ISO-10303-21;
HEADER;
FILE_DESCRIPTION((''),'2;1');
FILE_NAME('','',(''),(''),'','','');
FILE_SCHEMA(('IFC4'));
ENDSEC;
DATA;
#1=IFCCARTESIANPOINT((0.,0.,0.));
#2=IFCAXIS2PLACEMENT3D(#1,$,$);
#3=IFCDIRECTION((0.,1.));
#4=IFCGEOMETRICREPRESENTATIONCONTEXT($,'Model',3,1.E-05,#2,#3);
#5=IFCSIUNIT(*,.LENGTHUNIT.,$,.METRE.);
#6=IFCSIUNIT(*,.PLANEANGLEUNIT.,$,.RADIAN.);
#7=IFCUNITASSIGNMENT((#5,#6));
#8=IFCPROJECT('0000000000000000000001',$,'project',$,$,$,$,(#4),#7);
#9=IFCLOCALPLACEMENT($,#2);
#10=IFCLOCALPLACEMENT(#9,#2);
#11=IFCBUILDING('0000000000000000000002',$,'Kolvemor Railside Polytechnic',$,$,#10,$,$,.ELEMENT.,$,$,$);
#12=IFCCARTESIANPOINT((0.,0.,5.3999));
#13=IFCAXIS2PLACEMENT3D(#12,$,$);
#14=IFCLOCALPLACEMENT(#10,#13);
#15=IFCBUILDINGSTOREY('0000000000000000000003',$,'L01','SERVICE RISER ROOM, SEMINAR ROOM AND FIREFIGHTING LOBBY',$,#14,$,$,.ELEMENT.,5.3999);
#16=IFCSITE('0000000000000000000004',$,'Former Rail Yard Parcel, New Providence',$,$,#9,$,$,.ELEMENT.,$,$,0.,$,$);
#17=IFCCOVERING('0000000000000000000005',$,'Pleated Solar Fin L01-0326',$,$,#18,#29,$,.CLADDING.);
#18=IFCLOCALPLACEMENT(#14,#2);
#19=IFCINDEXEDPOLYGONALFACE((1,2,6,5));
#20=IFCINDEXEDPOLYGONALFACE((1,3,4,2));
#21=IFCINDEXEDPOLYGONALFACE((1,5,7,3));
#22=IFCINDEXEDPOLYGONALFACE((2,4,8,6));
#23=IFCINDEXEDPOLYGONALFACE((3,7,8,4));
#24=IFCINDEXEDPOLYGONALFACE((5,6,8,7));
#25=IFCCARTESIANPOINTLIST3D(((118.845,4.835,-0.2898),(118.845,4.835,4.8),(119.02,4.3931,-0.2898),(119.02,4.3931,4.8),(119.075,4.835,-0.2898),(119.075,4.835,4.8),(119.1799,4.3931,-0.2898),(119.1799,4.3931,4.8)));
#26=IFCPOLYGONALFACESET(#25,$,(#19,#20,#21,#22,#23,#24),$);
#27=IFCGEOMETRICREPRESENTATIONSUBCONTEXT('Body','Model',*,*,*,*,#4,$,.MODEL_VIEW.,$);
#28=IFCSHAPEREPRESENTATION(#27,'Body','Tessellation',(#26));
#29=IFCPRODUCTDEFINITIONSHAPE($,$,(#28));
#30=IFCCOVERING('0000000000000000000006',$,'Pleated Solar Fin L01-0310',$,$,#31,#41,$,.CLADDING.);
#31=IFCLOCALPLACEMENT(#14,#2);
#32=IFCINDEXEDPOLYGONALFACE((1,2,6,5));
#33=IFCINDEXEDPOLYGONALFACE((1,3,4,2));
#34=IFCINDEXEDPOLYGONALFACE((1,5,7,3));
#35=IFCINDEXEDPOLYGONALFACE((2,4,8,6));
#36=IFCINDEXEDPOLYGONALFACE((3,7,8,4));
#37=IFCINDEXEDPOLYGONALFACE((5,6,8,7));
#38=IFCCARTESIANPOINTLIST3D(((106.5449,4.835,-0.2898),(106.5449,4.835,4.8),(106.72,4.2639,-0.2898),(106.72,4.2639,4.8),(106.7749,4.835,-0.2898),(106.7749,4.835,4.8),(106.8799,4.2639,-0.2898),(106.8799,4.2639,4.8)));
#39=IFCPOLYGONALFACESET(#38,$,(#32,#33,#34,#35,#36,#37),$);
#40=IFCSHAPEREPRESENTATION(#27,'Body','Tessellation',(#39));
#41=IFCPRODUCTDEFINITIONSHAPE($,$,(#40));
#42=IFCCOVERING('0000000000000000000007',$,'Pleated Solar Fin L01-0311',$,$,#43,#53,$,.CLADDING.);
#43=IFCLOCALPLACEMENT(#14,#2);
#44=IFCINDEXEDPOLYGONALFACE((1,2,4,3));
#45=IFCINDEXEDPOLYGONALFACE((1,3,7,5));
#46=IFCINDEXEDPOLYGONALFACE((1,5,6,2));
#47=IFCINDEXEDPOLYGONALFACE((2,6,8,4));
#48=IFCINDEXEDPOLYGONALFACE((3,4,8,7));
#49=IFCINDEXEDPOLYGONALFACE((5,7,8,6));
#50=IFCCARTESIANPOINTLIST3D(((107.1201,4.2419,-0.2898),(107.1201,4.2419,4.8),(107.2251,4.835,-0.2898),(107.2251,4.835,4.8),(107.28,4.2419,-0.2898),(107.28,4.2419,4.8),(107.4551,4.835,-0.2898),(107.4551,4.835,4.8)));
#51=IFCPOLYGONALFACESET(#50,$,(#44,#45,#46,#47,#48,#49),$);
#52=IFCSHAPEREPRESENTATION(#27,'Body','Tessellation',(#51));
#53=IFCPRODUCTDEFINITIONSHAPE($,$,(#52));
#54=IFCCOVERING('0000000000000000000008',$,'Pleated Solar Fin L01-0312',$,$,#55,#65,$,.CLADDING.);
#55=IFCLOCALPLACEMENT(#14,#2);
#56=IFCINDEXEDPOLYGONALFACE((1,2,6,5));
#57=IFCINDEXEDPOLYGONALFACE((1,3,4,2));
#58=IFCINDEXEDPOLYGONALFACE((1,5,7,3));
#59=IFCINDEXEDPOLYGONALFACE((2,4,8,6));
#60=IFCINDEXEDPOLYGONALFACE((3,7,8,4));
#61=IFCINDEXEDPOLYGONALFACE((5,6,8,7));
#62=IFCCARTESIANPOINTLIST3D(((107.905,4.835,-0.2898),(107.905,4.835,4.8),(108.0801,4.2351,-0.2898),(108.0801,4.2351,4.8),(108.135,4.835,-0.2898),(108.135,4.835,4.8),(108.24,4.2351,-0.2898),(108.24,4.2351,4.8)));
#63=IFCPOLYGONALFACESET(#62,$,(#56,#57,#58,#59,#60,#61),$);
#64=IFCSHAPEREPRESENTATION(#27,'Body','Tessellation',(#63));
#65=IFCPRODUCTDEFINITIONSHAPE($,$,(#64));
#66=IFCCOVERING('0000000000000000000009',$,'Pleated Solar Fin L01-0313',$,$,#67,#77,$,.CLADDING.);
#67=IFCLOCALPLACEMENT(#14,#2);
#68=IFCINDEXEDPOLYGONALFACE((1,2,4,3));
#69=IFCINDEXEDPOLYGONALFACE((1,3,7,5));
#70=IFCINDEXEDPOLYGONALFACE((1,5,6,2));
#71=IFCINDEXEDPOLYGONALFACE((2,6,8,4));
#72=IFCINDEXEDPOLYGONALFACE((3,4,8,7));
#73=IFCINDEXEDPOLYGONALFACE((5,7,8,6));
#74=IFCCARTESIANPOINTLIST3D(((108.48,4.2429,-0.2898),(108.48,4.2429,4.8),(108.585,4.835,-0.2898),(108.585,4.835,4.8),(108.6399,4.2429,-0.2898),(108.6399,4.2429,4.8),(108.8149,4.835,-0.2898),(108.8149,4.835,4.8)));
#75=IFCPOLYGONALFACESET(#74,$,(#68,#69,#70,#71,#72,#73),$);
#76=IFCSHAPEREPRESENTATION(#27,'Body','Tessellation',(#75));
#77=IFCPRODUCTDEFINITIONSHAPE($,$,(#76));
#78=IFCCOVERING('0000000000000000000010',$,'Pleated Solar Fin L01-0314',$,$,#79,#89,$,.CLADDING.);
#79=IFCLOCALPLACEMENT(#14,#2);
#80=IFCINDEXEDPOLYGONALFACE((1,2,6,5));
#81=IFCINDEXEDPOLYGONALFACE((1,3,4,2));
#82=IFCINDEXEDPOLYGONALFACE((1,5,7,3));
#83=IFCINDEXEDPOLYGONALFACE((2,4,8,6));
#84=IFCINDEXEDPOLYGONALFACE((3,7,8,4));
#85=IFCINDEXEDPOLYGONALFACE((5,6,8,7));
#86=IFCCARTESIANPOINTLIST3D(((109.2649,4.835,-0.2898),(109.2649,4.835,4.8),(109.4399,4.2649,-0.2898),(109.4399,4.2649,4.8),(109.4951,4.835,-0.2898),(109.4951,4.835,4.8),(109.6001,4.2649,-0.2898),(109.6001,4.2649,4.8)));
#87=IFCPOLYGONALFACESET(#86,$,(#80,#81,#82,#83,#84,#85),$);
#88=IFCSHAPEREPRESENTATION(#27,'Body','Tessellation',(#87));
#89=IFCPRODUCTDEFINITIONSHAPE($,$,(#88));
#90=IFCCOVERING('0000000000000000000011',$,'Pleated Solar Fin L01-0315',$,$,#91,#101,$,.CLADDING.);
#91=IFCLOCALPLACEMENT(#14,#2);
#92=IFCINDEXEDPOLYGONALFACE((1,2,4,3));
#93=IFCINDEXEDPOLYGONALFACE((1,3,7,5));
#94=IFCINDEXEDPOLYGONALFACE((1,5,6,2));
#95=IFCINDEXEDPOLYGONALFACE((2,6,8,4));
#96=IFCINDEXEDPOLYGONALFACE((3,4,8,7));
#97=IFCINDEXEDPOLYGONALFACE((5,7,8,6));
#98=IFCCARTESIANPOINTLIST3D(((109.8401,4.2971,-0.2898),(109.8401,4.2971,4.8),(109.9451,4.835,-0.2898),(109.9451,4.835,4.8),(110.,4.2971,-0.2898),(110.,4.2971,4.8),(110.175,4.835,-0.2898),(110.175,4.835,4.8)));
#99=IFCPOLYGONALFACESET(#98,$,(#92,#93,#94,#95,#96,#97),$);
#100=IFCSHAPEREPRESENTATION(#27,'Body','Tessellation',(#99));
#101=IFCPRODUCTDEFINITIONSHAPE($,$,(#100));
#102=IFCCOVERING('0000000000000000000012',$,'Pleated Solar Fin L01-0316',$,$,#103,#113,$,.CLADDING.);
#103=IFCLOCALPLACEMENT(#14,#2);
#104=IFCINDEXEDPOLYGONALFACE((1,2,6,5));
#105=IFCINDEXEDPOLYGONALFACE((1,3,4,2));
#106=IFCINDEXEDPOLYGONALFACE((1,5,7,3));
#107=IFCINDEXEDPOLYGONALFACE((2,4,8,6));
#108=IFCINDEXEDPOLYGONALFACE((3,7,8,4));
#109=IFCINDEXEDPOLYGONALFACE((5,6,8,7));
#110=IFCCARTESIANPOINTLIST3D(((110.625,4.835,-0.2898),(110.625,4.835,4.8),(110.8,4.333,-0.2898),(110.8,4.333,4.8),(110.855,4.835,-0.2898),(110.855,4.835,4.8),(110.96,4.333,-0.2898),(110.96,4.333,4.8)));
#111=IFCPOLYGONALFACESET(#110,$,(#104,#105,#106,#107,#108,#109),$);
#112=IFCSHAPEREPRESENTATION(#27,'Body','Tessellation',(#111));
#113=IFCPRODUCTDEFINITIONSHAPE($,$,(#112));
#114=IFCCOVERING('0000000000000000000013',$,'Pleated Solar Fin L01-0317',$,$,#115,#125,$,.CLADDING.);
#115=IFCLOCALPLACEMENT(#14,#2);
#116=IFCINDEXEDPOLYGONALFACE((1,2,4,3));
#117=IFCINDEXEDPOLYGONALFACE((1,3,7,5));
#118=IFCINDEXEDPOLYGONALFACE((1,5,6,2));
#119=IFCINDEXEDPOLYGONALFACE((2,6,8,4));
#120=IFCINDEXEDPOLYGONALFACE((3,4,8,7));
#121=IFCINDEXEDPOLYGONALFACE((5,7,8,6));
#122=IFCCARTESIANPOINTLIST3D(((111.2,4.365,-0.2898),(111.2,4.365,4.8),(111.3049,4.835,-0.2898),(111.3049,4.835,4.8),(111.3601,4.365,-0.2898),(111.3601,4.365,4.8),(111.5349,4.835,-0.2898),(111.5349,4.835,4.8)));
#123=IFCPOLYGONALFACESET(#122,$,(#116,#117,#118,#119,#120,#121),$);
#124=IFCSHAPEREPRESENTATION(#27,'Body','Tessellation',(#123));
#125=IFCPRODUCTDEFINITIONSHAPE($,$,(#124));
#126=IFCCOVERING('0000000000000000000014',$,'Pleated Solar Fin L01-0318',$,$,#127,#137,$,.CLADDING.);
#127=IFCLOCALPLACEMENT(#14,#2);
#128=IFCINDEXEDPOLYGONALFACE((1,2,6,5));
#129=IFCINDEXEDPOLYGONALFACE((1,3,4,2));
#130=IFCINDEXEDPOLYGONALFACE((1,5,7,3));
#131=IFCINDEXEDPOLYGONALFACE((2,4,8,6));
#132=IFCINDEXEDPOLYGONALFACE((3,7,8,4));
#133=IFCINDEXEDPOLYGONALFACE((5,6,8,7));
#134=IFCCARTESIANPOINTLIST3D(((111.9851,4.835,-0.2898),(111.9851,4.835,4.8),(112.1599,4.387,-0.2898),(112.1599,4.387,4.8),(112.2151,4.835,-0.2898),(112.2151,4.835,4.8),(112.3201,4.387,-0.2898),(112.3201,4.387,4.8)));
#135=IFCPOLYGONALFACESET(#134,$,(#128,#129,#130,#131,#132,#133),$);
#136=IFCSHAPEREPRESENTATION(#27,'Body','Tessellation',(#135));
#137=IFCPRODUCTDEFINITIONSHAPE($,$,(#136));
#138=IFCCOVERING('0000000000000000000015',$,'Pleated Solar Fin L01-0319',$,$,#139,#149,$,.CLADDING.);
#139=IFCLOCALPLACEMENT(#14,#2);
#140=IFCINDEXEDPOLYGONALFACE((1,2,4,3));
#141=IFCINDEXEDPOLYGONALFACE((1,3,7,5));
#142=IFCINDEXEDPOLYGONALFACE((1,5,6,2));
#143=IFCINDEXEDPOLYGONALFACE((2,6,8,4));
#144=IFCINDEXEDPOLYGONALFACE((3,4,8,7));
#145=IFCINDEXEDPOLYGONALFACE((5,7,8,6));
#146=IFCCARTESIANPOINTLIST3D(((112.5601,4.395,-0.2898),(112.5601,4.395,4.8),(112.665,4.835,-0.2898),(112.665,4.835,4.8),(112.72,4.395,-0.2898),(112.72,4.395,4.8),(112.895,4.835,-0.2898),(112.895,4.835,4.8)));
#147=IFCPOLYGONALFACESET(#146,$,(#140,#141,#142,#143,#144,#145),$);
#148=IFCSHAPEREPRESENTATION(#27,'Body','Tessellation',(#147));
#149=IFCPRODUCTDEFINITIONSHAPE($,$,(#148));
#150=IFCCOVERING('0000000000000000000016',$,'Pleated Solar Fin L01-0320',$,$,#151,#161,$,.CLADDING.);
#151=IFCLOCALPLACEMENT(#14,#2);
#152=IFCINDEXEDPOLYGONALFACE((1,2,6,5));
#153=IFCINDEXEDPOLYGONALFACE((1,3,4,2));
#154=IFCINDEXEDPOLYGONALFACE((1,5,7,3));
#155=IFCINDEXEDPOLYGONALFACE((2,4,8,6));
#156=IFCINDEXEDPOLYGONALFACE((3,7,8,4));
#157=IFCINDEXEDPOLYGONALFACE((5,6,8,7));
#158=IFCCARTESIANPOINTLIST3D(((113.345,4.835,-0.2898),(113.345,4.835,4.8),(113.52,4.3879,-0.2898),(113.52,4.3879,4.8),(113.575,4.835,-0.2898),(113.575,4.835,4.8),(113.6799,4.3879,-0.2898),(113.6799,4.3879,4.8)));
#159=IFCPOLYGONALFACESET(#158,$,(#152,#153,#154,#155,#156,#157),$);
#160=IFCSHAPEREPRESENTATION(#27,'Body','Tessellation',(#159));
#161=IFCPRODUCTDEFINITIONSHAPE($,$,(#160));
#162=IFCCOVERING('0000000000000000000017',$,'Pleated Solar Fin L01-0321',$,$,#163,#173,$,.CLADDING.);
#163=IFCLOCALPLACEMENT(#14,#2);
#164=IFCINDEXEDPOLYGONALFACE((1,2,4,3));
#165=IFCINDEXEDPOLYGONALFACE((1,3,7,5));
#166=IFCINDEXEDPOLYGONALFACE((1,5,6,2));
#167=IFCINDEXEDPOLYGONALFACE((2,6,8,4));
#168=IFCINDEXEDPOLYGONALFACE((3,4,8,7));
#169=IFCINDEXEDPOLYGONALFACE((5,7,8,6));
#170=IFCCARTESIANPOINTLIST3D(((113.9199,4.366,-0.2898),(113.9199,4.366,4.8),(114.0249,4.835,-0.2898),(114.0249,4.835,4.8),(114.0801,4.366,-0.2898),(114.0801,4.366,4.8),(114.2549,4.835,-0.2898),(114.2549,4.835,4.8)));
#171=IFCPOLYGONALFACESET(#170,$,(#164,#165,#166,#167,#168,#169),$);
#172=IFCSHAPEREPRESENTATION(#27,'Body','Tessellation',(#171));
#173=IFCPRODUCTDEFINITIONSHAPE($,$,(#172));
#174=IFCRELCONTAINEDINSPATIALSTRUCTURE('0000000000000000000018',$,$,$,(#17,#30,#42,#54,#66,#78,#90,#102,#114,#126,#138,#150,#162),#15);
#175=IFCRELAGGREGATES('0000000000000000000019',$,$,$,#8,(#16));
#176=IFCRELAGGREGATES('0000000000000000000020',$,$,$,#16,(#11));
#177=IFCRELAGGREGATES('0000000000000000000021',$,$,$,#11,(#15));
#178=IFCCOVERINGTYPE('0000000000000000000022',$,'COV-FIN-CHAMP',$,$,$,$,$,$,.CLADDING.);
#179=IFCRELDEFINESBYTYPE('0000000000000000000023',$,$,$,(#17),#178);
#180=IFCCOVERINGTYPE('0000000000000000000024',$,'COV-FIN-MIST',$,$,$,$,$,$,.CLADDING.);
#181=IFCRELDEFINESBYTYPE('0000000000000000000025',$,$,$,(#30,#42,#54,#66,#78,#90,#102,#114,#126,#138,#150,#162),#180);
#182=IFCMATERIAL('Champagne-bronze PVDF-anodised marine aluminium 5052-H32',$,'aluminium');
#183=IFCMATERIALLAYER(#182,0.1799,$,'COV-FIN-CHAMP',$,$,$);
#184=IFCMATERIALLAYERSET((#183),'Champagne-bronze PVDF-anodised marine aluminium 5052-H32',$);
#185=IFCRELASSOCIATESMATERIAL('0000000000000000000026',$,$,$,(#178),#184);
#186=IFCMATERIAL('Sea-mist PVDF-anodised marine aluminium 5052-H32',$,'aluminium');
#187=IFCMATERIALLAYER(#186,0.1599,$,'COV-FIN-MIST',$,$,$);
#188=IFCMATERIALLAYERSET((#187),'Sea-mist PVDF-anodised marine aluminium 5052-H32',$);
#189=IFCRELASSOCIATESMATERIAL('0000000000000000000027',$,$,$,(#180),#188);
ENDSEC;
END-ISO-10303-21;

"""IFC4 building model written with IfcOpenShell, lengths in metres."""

from ifc_helpers import new_model, si_unit, direction, frame, origin, place, context, subcontext, project, spatial, polyline, outline, extrude, material, layer, layer_set, type_object, element, save


model = new_model("IFC4")

# Units and contexts
model_context = context("Model", 3, precision=1e-05, world=origin(), true_north=direction((0.0, 1.0)))
body_context = subcontext(model_context, "Body", "Model", "MODEL_VIEW")
ifc_project = project(units=[si_unit("LENGTHUNIT", "METRE"), si_unit("PLANEANGLEUNIT", "RADIAN")], contexts=[model_context])

# Site, building, storey
site_placement = place(None, origin())
site = spatial("IfcSite", under=ifc_project, at=site_placement, Name="Former Rail Yard Parcel, New Providence", CompositionType="ELEMENT", RefElevation=0.0)
building_placement = place(site_placement, origin())
building = spatial("IfcBuilding", under=site, at=building_placement, Name="Kolvemor Railside Polytechnic", CompositionType="ELEMENT")
storey_placement = place(building_placement, frame((0.0, 0.0, 5.3999)))
storey = spatial("IfcBuildingStorey", under=building, at=storey_placement, Name="L01", Description="SERVICE RISER ROOM, SEMINAR ROOM AND FIREFIGHTING LOBBY", CompositionType="ELEMENT", Elevation=5.3999)

# Coverings
ifc_material_1 = material(Name="Champagne-bronze PVDF-anodised marine aluminium 5052-H32", Category="aluminium")
ifc_layer_1 = layer(ifc_material_1, 0.1799, Name="COV-FIN-CHAMP")
ifc_layer_set_1 = layer_set([ifc_layer_1], Name="Champagne-bronze PVDF-anodised marine aluminium 5052-H32")
covering_type_1 = type_object("IfcCoveringType", Name="COV-FIN-CHAMP", PredefinedType="CLADDING", material=ifc_layer_set_1)
covering_1_placement = place(storey_placement, frame((0.0, 0.0, -0.2898)))
element("IfcCovering", 1, at=covering_1_placement, inside=storey, type_object=covering_type_1, Name="Pleated Solar Fin L01-0326", PredefinedType="CLADDING", context=body_context, shape_type="SweptSolid", body=[
    extrude(outline(polyline([(118.845, 4.835), (119.075, 4.835), (119.1799, 4.3931), (119.02, 4.3931), (118.845, 4.835)])), origin(), (0.0, 0.0, 1.0), 5.0898),
])
ifc_material_2 = material(Name="Sea-mist PVDF-anodised marine aluminium 5052-H32", Category="aluminium")
ifc_layer_2 = layer(ifc_material_2, 0.1599, Name="COV-FIN-MIST")
ifc_layer_set_2 = layer_set([ifc_layer_2], Name="Sea-mist PVDF-anodised marine aluminium 5052-H32")
covering_type_2 = type_object("IfcCoveringType", Name="COV-FIN-MIST", PredefinedType="CLADDING", material=ifc_layer_set_2)
covering_2_placement = place(storey_placement, frame((0.0, 0.0, -0.2898)))
element("IfcCovering", 2, at=covering_2_placement, inside=storey, type_object=covering_type_2, Name="Pleated Solar Fin L01-0310", PredefinedType="CLADDING", context=body_context, shape_type="SweptSolid", body=[
    extrude(outline(polyline([(106.5449, 4.835), (106.7749, 4.835), (106.8799, 4.2639), (106.72, 4.2639), (106.5449, 4.835)])), origin(), (0.0, 0.0, 1.0), 5.0898),
])
covering_3_placement = place(storey_placement, frame((0.0, 0.0, -0.2898)))
element("IfcCovering", 3, at=covering_3_placement, inside=storey, type_object=covering_type_2, Name="Pleated Solar Fin L01-0311", PredefinedType="CLADDING", context=body_context, shape_type="SweptSolid", body=[
    extrude(outline(polyline([(107.2251, 4.835), (107.4551, 4.835), (107.28, 4.2419), (107.1201, 4.2419), (107.2251, 4.835)])), origin(), (0.0, 0.0, 1.0), 5.0898),
])
covering_4_placement = place(storey_placement, frame((0.0, 0.0, -0.2898)))
element("IfcCovering", 4, at=covering_4_placement, inside=storey, type_object=covering_type_2, Name="Pleated Solar Fin L01-0312", PredefinedType="CLADDING", context=body_context, shape_type="SweptSolid", body=[
    extrude(outline(polyline([(107.905, 4.835), (108.135, 4.835), (108.24, 4.2351), (108.0801, 4.2351), (107.905, 4.835)])), origin(), (0.0, 0.0, 1.0), 5.0898),
])
covering_5_placement = place(storey_placement, frame((0.0, 0.0, -0.2898)))
element("IfcCovering", 5, at=covering_5_placement, inside=storey, type_object=covering_type_2, Name="Pleated Solar Fin L01-0313", PredefinedType="CLADDING", context=body_context, shape_type="SweptSolid", body=[
    extrude(outline(polyline([(108.585, 4.835), (108.8149, 4.835), (108.6399, 4.2429), (108.48, 4.2429), (108.585, 4.835)])), origin(), (0.0, 0.0, 1.0), 5.0898),
])
covering_6_placement = place(storey_placement, frame((0.0, 0.0, -0.2898)))
element("IfcCovering", 6, at=covering_6_placement, inside=storey, type_object=covering_type_2, Name="Pleated Solar Fin L01-0314", PredefinedType="CLADDING", context=body_context, shape_type="SweptSolid", body=[
    extrude(outline(polyline([(109.2649, 4.835), (109.4951, 4.835), (109.6001, 4.2649), (109.4399, 4.2649), (109.2649, 4.835)])), origin(), (0.0, 0.0, 1.0), 5.0898),
])
covering_7_placement = place(storey_placement, frame((0.0, 0.0, -0.2898)))
element("IfcCovering", 7, at=covering_7_placement, inside=storey, type_object=covering_type_2, Name="Pleated Solar Fin L01-0315", PredefinedType="CLADDING", context=body_context, shape_type="SweptSolid", body=[
    extrude(outline(polyline([(109.9451, 4.835), (110.175, 4.835), (110.0, 4.2971), (109.8401, 4.2971), (109.9451, 4.835)])), origin(), (0.0, 0.0, 1.0), 5.0898),
])
covering_8_placement = place(storey_placement, frame((0.0, 0.0, -0.2898)))
element("IfcCovering", 8, at=covering_8_placement, inside=storey, type_object=covering_type_2, Name="Pleated Solar Fin L01-0316", PredefinedType="CLADDING", context=body_context, shape_type="SweptSolid", body=[
    extrude(outline(polyline([(110.625, 4.835), (110.855, 4.835), (110.96, 4.333), (110.8, 4.333), (110.625, 4.835)])), origin(), (0.0, 0.0, 1.0), 5.0898),
])
covering_9_placement = place(storey_placement, frame((0.0, 0.0, -0.2898)))
element("IfcCovering", 9, at=covering_9_placement, inside=storey, type_object=covering_type_2, Name="Pleated Solar Fin L01-0317", PredefinedType="CLADDING", context=body_context, shape_type="SweptSolid", body=[
    extrude(outline(polyline([(111.3049, 4.835), (111.5349, 4.835), (111.3601, 4.365), (111.2, 4.365), (111.3049, 4.835)])), origin(), (0.0, 0.0, 1.0), 5.0898),
])
covering_10_placement = place(storey_placement, frame((0.0, 0.0, -0.2898)))
element("IfcCovering", 10, at=covering_10_placement, inside=storey, type_object=covering_type_2, Name="Pleated Solar Fin L01-0318", PredefinedType="CLADDING", context=body_context, shape_type="SweptSolid", body=[
    extrude(outline(polyline([(111.9851, 4.835), (112.2151, 4.835), (112.3201, 4.387), (112.1599, 4.387), (111.9851, 4.835)])), origin(), (0.0, 0.0, 1.0), 5.0898),
])
covering_11_placement = place(storey_placement, frame((0.0, 0.0, -0.2898)))
element("IfcCovering", 11, at=covering_11_placement, inside=storey, type_object=covering_type_2, Name="Pleated Solar Fin L01-0319", PredefinedType="CLADDING", context=body_context, shape_type="SweptSolid", body=[
    extrude(outline(polyline([(112.665, 4.835), (112.895, 4.835), (112.72, 4.395), (112.5601, 4.395), (112.665, 4.835)])), origin(), (0.0, 0.0, 1.0), 5.0898),
])
covering_12_placement = place(storey_placement, frame((0.0, 0.0, -0.2898)))
element("IfcCovering", 12, at=covering_12_placement, inside=storey, type_object=covering_type_2, Name="Pleated Solar Fin L01-0320", PredefinedType="CLADDING", context=body_context, shape_type="SweptSolid", body=[
    extrude(outline(polyline([(113.345, 4.835), (113.575, 4.835), (113.6799, 4.3879), (113.52, 4.3879), (113.345, 4.835)])), origin(), (0.0, 0.0, 1.0), 5.0898),
])
covering_13_placement = place(storey_placement, frame((0.0, 0.0, -0.2898)))
element("IfcCovering", 13, at=covering_13_placement, inside=storey, type_object=covering_type_2, Name="Pleated Solar Fin L01-0321", PredefinedType="CLADDING", context=body_context, shape_type="SweptSolid", body=[
    extrude(outline(polyline([(114.0249, 4.835), (114.2549, 4.835), (114.0801, 4.366), (113.9199, 4.366), (114.0249, 4.835)])), origin(), (0.0, 0.0, 1.0), 5.0898),
])

save(model, "model.ifc")
